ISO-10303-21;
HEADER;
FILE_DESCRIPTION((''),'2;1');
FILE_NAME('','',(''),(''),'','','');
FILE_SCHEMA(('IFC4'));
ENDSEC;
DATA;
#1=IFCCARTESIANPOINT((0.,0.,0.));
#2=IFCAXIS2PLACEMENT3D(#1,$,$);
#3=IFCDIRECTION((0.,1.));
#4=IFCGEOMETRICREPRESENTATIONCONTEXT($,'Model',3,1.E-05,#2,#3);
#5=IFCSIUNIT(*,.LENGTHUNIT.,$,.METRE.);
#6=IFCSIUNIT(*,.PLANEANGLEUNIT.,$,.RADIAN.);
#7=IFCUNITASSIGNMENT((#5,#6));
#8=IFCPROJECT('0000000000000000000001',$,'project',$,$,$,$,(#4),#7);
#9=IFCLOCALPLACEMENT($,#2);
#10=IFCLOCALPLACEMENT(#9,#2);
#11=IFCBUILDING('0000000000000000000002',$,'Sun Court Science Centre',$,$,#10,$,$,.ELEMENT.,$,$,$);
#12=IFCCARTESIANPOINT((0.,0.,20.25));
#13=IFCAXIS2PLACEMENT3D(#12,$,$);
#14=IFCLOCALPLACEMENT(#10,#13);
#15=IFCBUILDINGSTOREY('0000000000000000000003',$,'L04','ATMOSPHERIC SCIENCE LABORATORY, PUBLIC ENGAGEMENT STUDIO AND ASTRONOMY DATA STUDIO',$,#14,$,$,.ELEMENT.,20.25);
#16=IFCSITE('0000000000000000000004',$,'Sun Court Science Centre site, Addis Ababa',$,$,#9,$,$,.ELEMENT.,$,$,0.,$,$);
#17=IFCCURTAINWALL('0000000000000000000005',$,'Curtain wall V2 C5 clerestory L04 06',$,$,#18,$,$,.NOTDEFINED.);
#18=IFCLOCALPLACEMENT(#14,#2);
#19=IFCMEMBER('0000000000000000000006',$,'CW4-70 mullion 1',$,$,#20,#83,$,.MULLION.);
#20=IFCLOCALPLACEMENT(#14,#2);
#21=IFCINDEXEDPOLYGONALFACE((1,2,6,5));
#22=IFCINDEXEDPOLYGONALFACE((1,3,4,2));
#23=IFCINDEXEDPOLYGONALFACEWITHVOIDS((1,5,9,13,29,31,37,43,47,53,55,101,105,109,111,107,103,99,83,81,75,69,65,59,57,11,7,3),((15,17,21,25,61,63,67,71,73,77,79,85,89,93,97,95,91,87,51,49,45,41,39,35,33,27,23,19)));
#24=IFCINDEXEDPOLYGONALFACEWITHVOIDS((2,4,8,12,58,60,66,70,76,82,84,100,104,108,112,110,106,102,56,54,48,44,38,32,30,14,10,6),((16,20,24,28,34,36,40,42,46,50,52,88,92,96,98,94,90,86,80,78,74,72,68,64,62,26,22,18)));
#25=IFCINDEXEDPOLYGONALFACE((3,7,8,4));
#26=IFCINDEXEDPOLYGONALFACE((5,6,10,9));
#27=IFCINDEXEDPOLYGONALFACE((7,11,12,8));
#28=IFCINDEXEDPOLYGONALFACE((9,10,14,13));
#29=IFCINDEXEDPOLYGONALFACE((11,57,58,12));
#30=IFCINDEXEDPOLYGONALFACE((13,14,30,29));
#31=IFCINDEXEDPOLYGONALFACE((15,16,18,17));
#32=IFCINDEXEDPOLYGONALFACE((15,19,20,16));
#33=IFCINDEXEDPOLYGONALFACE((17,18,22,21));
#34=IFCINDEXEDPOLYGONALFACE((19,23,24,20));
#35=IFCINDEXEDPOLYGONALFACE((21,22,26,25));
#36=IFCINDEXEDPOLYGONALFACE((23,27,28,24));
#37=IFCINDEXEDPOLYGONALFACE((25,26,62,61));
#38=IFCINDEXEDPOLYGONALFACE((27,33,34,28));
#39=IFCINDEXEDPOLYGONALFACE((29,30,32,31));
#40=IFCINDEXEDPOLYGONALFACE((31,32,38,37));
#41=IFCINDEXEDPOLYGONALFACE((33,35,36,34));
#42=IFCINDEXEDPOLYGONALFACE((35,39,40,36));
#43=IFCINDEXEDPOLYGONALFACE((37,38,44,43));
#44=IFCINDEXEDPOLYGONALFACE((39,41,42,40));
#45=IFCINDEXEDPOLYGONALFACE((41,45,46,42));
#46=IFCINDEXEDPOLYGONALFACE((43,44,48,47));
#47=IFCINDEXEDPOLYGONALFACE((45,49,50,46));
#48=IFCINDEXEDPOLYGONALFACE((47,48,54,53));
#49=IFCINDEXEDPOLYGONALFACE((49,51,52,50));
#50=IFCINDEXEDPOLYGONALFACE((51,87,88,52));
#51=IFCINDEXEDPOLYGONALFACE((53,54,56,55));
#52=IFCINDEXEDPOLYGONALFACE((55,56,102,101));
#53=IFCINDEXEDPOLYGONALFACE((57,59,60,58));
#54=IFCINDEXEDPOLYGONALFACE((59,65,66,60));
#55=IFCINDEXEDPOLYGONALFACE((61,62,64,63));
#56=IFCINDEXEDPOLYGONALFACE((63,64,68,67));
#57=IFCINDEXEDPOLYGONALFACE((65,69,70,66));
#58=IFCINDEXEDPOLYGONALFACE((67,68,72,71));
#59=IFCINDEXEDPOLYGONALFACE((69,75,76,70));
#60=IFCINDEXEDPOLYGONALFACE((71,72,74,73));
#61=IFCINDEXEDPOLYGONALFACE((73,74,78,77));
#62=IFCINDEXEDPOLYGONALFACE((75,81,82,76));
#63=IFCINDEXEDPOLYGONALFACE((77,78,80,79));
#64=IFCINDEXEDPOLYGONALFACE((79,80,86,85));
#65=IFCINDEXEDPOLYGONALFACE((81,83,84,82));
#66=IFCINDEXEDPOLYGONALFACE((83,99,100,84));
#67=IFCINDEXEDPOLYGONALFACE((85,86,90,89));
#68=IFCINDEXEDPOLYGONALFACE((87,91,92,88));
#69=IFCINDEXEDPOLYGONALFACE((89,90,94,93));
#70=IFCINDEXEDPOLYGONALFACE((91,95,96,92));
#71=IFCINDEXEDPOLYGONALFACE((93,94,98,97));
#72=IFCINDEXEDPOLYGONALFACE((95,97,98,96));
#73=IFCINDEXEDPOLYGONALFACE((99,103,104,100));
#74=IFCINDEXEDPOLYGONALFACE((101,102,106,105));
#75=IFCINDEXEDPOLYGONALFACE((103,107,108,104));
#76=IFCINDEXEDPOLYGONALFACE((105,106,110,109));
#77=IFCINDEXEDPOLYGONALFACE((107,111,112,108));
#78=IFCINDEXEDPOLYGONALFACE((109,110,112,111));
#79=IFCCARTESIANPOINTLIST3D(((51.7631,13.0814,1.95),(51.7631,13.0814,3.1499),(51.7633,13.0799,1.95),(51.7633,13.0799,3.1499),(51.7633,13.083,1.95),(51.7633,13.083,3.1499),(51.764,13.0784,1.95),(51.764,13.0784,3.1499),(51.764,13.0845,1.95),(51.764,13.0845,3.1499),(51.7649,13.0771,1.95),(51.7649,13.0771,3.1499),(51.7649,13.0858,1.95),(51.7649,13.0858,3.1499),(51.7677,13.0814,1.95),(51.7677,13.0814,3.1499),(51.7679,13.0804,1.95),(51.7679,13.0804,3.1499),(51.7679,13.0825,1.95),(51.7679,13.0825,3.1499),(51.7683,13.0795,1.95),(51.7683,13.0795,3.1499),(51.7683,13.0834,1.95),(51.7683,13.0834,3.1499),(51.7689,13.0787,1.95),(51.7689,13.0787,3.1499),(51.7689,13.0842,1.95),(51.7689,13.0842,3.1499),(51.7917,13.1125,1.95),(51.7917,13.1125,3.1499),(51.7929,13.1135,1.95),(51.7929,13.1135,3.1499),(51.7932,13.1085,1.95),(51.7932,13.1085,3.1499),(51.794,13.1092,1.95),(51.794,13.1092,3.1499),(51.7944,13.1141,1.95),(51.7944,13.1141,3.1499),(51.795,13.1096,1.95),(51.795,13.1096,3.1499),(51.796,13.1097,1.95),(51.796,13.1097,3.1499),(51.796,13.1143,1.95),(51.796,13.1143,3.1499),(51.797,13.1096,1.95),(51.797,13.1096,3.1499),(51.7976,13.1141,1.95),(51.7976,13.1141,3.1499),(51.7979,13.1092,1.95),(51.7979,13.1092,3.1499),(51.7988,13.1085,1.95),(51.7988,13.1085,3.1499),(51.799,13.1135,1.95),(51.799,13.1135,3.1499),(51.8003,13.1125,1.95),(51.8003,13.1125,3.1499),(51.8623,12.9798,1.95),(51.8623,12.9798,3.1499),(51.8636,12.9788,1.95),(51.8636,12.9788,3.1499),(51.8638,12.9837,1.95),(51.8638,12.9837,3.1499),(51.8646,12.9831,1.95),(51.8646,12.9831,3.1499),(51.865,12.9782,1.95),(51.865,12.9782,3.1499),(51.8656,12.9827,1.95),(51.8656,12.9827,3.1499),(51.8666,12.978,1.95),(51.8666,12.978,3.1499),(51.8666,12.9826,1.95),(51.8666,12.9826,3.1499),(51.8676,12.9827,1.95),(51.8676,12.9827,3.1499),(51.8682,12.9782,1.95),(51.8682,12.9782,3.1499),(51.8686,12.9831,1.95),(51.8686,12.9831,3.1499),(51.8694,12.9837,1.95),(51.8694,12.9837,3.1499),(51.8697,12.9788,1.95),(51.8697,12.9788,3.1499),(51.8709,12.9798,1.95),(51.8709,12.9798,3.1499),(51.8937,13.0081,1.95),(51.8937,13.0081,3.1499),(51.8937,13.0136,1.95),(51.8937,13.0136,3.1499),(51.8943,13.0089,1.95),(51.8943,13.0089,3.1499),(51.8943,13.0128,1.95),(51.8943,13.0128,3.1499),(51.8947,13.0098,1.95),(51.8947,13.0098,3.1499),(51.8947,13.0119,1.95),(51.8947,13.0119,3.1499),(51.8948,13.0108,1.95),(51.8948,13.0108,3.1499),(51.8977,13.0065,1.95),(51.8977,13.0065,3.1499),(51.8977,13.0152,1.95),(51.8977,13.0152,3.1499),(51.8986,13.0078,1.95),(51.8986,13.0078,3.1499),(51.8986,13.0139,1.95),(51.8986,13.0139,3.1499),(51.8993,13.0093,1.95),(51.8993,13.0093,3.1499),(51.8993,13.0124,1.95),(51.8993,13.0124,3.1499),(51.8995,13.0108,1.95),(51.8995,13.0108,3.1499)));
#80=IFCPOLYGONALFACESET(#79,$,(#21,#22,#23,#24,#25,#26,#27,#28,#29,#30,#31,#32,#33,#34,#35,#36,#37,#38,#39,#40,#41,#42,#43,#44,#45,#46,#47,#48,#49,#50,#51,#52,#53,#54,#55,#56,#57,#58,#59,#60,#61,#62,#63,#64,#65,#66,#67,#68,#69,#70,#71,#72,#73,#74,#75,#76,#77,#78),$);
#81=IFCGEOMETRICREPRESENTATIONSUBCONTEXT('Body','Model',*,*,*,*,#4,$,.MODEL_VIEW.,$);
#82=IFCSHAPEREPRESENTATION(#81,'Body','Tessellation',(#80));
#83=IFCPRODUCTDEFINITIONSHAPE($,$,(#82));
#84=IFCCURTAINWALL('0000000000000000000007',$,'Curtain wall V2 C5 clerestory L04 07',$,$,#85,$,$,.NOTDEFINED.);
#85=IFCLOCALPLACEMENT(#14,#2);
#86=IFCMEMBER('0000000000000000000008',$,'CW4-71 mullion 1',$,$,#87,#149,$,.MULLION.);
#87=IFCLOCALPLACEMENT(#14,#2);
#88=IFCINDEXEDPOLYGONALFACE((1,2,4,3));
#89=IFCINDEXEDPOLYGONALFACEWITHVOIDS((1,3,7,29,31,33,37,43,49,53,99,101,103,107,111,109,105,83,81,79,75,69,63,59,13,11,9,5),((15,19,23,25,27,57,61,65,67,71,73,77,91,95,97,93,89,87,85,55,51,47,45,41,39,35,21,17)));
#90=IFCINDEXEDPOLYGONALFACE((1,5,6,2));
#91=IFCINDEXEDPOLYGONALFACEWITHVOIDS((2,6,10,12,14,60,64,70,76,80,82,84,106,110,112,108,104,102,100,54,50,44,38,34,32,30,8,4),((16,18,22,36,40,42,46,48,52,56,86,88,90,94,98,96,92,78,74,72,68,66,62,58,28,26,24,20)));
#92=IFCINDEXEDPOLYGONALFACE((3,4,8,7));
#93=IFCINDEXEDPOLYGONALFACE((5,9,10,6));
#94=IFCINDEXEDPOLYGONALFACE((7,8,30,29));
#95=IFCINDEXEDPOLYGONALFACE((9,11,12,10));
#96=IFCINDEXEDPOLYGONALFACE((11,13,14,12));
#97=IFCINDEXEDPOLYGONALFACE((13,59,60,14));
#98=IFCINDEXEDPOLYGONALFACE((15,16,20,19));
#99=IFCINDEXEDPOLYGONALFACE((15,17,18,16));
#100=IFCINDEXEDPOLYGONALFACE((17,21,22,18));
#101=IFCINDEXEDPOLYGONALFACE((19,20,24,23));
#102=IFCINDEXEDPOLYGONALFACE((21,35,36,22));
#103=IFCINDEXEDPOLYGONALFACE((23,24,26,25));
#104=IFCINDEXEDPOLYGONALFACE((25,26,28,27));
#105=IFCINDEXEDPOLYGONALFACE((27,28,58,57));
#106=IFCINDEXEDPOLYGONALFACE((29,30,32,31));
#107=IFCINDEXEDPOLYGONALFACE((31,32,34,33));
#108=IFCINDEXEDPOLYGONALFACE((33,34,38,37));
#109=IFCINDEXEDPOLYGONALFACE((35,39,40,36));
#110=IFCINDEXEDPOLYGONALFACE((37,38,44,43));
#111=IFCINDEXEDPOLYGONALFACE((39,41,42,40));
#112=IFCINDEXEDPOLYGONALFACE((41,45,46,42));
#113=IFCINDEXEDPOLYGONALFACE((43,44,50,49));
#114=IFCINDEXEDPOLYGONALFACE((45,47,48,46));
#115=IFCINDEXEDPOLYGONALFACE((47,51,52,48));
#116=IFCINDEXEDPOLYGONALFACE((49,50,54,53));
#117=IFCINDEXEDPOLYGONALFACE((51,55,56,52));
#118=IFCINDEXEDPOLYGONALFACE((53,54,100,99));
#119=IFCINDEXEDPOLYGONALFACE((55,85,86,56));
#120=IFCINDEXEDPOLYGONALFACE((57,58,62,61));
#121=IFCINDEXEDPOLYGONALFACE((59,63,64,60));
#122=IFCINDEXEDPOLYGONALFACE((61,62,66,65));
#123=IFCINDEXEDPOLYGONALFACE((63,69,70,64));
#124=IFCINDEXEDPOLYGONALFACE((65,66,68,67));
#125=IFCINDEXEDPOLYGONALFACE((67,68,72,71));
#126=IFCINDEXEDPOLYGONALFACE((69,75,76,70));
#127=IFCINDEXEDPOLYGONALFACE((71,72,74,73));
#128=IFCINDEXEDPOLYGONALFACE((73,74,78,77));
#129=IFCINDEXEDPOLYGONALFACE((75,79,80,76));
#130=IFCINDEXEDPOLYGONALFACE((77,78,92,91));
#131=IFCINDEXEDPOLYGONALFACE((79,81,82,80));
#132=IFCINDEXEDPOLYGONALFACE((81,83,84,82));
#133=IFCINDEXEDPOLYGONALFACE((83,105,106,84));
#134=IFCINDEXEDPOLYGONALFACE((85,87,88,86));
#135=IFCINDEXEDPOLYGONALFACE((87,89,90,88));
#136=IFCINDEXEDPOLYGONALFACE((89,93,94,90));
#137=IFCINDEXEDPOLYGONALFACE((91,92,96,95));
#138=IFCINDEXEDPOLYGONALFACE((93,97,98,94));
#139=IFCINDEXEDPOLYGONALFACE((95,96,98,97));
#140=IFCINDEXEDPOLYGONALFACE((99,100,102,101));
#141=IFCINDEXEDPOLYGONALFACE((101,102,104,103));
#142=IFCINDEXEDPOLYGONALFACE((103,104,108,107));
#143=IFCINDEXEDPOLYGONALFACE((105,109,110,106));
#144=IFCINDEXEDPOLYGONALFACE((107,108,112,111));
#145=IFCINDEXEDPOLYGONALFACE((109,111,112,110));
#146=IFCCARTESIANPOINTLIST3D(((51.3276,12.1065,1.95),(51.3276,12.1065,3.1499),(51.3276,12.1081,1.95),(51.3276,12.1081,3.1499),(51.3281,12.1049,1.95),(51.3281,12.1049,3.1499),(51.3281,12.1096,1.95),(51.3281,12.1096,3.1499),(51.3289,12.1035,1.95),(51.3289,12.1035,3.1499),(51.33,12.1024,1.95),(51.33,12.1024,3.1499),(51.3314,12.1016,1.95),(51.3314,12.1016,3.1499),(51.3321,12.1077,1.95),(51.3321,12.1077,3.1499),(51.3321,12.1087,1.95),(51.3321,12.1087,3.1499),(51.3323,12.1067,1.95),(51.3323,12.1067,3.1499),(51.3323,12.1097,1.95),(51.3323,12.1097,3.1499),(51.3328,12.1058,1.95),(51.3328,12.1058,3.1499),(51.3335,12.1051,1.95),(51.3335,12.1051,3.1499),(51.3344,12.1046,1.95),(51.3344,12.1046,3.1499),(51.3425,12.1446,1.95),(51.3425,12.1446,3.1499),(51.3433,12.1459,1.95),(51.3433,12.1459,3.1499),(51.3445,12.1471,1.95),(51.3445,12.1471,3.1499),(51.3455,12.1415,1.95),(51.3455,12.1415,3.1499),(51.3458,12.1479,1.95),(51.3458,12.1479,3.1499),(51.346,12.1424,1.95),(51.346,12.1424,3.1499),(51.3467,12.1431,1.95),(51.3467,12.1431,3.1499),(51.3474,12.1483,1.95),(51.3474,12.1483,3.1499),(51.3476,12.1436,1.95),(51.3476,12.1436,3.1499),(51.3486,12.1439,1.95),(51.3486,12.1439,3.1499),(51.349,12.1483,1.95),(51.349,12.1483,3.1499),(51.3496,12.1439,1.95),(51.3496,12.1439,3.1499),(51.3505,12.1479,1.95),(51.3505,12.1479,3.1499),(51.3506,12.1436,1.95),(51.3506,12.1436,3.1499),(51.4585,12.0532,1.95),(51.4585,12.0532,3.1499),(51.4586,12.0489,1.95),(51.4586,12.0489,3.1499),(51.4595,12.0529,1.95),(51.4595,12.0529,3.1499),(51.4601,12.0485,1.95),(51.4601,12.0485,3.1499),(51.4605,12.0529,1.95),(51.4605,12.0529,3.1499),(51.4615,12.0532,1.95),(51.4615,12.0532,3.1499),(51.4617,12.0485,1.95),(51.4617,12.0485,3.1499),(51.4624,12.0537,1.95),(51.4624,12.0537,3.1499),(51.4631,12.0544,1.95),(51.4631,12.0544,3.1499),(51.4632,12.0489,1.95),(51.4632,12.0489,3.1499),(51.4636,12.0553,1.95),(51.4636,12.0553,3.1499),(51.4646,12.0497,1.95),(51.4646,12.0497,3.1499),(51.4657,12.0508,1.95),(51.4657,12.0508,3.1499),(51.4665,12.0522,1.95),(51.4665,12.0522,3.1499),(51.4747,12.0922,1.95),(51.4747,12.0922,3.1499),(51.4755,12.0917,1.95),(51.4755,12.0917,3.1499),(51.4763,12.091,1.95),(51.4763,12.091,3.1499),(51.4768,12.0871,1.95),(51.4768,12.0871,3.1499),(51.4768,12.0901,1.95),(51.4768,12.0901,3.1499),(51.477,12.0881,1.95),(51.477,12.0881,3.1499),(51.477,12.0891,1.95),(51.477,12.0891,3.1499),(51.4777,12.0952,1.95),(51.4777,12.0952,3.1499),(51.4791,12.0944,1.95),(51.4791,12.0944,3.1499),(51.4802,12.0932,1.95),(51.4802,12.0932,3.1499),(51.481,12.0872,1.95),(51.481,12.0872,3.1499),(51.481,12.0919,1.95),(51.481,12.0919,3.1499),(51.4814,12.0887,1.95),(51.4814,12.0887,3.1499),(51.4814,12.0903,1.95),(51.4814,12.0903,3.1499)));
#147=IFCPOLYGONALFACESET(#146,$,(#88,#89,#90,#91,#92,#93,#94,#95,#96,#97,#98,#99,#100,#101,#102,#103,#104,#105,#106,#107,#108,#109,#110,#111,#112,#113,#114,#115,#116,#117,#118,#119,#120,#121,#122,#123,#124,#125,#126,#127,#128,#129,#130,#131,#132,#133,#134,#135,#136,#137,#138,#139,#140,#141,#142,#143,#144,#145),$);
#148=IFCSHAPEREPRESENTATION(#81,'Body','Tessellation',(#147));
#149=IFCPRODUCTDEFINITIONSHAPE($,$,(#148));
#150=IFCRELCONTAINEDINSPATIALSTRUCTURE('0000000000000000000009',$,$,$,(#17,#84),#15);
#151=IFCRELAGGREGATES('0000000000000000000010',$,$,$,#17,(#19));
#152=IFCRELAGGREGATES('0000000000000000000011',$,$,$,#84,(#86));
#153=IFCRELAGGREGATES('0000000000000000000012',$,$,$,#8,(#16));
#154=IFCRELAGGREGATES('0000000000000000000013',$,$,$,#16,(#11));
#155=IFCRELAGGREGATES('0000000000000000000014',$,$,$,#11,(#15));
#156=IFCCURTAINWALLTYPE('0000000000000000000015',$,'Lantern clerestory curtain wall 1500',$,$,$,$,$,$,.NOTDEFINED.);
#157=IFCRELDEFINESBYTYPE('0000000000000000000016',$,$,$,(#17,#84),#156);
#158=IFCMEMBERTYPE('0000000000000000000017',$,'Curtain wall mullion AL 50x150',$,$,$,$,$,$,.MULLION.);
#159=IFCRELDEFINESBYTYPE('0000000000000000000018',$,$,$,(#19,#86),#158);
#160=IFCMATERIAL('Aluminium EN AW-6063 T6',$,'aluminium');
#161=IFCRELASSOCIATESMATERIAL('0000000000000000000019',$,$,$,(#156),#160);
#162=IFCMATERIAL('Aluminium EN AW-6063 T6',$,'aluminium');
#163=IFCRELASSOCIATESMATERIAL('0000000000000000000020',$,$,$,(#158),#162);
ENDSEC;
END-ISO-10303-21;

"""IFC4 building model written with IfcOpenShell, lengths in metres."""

from ifc_helpers import new_model, si_unit, direction, frame, origin, origin_2d, place, context, subcontext, project, spatial, hollow_rectangle, extrude, material, material_profile, profile_set, type_object, element, aggregate, save


model = new_model("IFC4")

# Units and contexts
model_context = context("Model", 3, precision=1e-05, world=origin(), true_north=direction((0.0, 1.0)))
body_context = subcontext(model_context, "Body", "Model", "MODEL_VIEW")
ifc_project = project(units=[si_unit("LENGTHUNIT", "METRE"), si_unit("PLANEANGLEUNIT", "RADIAN")], contexts=[model_context])

# Site, building, storey
site_placement = place(None, origin())
site = spatial("IfcSite", under=ifc_project, at=site_placement, Name="Sun Court Science Centre site, Addis Ababa", CompositionType="ELEMENT", RefElevation=0.0)
building_placement = place(site_placement, origin())
building = spatial("IfcBuilding", under=site, at=building_placement, Name="Sun Court Science Centre", CompositionType="ELEMENT")
storey_placement = place(building_placement, frame((0.0, 0.0, 20.25)))
storey = spatial("IfcBuildingStorey", under=building, at=storey_placement, Name="L04", Description="ATMOSPHERIC SCIENCE LABORATORY, PUBLIC ENGAGEMENT STUDIO AND ASTRONOMY DATA STUDIO", CompositionType="ELEMENT", Elevation=20.25)

# Curtain wall, member
ifc_material_1 = material(Name="Aluminium EN AW-6063 T6", Category="aluminium")
curtain_wall_type = type_object("IfcCurtainWallType", Name="Lantern clerestory curtain wall 1500", PredefinedType="NOTDEFINED", material=ifc_material_1)
curtain_wall_1_placement = place(storey_placement, origin())
curtain_wall_1 = element("IfcCurtainWall", 1, at=curtain_wall_1_placement, inside=storey, type_object=curtain_wall_type, Name="Curtain wall V2 C5 clerestory L04 06", PredefinedType="NOTDEFINED")
ifc_material_2 = material(Name="Aluminium EN AW-6063 T6", Category="aluminium")
ifc_material_profile_1 = material_profile(ifc_material_2, hollow_rectangle(XDim=0.05, YDim=0.1499, WallThickness=0.0039, InnerFilletRadius=0.0039, OuterFilletRadius=0.0061, at=origin_2d()), Name="AL 50x150x4")
ifc_profile_set_1 = profile_set([ifc_material_profile_1], Name="Aluminium EN AW-6063 T6")
member_type_1 = type_object("IfcMemberType", Name="Curtain wall mullion AL 50x150", PredefinedType="MULLION", material=ifc_profile_set_1)
member_1_placement = place(storey_placement, frame((51.8313, 13.0461, 1.95), z_axis=(0.0, 0.0, 1.0), x_axis=(0.707107, 0.707107, 0.0)))
member_1 = element("IfcMember", 2, at=member_1_placement, type_object=member_type_1, Name="CW4-70 mullion 1", PredefinedType="MULLION", context=body_context, shape_type="SweptSolid", body=[
    extrude(hollow_rectangle(XDim=0.05, YDim=0.1499, WallThickness=0.0039, InnerFilletRadius=0.0039, OuterFilletRadius=0.0061, at=origin_2d()), origin(), (0.0, 0.0, 1.0), 1.2),
])
aggregate(curtain_wall_1, [member_1])

# Curtain wall, member
curtain_wall_2_placement = place(storey_placement, origin())
curtain_wall_2 = element("IfcCurtainWall", 3, at=curtain_wall_2_placement, inside=storey, type_object=curtain_wall_type, Name="Curtain wall V2 C5 clerestory L04 07", PredefinedType="NOTDEFINED")
member_2_placement = place(storey_placement, frame((51.4045, 12.0984, 1.95), z_axis=(0.0, 0.0, 1.0), x_axis=(0.382683, 0.92388, 0.0)))
member_2 = element("IfcMember", 4, at=member_2_placement, type_object=member_type_1, Name="CW4-71 mullion 1", PredefinedType="MULLION", context=body_context, shape_type="SweptSolid", body=[
    extrude(hollow_rectangle(XDim=0.05, YDim=0.1499, WallThickness=0.0039, InnerFilletRadius=0.0039, OuterFilletRadius=0.0061, at=origin_2d()), origin(), (0.0, 0.0, 1.0), 1.2),
])

aggregate(curtain_wall_2, [member_2])

save(model, "model.ifc")
